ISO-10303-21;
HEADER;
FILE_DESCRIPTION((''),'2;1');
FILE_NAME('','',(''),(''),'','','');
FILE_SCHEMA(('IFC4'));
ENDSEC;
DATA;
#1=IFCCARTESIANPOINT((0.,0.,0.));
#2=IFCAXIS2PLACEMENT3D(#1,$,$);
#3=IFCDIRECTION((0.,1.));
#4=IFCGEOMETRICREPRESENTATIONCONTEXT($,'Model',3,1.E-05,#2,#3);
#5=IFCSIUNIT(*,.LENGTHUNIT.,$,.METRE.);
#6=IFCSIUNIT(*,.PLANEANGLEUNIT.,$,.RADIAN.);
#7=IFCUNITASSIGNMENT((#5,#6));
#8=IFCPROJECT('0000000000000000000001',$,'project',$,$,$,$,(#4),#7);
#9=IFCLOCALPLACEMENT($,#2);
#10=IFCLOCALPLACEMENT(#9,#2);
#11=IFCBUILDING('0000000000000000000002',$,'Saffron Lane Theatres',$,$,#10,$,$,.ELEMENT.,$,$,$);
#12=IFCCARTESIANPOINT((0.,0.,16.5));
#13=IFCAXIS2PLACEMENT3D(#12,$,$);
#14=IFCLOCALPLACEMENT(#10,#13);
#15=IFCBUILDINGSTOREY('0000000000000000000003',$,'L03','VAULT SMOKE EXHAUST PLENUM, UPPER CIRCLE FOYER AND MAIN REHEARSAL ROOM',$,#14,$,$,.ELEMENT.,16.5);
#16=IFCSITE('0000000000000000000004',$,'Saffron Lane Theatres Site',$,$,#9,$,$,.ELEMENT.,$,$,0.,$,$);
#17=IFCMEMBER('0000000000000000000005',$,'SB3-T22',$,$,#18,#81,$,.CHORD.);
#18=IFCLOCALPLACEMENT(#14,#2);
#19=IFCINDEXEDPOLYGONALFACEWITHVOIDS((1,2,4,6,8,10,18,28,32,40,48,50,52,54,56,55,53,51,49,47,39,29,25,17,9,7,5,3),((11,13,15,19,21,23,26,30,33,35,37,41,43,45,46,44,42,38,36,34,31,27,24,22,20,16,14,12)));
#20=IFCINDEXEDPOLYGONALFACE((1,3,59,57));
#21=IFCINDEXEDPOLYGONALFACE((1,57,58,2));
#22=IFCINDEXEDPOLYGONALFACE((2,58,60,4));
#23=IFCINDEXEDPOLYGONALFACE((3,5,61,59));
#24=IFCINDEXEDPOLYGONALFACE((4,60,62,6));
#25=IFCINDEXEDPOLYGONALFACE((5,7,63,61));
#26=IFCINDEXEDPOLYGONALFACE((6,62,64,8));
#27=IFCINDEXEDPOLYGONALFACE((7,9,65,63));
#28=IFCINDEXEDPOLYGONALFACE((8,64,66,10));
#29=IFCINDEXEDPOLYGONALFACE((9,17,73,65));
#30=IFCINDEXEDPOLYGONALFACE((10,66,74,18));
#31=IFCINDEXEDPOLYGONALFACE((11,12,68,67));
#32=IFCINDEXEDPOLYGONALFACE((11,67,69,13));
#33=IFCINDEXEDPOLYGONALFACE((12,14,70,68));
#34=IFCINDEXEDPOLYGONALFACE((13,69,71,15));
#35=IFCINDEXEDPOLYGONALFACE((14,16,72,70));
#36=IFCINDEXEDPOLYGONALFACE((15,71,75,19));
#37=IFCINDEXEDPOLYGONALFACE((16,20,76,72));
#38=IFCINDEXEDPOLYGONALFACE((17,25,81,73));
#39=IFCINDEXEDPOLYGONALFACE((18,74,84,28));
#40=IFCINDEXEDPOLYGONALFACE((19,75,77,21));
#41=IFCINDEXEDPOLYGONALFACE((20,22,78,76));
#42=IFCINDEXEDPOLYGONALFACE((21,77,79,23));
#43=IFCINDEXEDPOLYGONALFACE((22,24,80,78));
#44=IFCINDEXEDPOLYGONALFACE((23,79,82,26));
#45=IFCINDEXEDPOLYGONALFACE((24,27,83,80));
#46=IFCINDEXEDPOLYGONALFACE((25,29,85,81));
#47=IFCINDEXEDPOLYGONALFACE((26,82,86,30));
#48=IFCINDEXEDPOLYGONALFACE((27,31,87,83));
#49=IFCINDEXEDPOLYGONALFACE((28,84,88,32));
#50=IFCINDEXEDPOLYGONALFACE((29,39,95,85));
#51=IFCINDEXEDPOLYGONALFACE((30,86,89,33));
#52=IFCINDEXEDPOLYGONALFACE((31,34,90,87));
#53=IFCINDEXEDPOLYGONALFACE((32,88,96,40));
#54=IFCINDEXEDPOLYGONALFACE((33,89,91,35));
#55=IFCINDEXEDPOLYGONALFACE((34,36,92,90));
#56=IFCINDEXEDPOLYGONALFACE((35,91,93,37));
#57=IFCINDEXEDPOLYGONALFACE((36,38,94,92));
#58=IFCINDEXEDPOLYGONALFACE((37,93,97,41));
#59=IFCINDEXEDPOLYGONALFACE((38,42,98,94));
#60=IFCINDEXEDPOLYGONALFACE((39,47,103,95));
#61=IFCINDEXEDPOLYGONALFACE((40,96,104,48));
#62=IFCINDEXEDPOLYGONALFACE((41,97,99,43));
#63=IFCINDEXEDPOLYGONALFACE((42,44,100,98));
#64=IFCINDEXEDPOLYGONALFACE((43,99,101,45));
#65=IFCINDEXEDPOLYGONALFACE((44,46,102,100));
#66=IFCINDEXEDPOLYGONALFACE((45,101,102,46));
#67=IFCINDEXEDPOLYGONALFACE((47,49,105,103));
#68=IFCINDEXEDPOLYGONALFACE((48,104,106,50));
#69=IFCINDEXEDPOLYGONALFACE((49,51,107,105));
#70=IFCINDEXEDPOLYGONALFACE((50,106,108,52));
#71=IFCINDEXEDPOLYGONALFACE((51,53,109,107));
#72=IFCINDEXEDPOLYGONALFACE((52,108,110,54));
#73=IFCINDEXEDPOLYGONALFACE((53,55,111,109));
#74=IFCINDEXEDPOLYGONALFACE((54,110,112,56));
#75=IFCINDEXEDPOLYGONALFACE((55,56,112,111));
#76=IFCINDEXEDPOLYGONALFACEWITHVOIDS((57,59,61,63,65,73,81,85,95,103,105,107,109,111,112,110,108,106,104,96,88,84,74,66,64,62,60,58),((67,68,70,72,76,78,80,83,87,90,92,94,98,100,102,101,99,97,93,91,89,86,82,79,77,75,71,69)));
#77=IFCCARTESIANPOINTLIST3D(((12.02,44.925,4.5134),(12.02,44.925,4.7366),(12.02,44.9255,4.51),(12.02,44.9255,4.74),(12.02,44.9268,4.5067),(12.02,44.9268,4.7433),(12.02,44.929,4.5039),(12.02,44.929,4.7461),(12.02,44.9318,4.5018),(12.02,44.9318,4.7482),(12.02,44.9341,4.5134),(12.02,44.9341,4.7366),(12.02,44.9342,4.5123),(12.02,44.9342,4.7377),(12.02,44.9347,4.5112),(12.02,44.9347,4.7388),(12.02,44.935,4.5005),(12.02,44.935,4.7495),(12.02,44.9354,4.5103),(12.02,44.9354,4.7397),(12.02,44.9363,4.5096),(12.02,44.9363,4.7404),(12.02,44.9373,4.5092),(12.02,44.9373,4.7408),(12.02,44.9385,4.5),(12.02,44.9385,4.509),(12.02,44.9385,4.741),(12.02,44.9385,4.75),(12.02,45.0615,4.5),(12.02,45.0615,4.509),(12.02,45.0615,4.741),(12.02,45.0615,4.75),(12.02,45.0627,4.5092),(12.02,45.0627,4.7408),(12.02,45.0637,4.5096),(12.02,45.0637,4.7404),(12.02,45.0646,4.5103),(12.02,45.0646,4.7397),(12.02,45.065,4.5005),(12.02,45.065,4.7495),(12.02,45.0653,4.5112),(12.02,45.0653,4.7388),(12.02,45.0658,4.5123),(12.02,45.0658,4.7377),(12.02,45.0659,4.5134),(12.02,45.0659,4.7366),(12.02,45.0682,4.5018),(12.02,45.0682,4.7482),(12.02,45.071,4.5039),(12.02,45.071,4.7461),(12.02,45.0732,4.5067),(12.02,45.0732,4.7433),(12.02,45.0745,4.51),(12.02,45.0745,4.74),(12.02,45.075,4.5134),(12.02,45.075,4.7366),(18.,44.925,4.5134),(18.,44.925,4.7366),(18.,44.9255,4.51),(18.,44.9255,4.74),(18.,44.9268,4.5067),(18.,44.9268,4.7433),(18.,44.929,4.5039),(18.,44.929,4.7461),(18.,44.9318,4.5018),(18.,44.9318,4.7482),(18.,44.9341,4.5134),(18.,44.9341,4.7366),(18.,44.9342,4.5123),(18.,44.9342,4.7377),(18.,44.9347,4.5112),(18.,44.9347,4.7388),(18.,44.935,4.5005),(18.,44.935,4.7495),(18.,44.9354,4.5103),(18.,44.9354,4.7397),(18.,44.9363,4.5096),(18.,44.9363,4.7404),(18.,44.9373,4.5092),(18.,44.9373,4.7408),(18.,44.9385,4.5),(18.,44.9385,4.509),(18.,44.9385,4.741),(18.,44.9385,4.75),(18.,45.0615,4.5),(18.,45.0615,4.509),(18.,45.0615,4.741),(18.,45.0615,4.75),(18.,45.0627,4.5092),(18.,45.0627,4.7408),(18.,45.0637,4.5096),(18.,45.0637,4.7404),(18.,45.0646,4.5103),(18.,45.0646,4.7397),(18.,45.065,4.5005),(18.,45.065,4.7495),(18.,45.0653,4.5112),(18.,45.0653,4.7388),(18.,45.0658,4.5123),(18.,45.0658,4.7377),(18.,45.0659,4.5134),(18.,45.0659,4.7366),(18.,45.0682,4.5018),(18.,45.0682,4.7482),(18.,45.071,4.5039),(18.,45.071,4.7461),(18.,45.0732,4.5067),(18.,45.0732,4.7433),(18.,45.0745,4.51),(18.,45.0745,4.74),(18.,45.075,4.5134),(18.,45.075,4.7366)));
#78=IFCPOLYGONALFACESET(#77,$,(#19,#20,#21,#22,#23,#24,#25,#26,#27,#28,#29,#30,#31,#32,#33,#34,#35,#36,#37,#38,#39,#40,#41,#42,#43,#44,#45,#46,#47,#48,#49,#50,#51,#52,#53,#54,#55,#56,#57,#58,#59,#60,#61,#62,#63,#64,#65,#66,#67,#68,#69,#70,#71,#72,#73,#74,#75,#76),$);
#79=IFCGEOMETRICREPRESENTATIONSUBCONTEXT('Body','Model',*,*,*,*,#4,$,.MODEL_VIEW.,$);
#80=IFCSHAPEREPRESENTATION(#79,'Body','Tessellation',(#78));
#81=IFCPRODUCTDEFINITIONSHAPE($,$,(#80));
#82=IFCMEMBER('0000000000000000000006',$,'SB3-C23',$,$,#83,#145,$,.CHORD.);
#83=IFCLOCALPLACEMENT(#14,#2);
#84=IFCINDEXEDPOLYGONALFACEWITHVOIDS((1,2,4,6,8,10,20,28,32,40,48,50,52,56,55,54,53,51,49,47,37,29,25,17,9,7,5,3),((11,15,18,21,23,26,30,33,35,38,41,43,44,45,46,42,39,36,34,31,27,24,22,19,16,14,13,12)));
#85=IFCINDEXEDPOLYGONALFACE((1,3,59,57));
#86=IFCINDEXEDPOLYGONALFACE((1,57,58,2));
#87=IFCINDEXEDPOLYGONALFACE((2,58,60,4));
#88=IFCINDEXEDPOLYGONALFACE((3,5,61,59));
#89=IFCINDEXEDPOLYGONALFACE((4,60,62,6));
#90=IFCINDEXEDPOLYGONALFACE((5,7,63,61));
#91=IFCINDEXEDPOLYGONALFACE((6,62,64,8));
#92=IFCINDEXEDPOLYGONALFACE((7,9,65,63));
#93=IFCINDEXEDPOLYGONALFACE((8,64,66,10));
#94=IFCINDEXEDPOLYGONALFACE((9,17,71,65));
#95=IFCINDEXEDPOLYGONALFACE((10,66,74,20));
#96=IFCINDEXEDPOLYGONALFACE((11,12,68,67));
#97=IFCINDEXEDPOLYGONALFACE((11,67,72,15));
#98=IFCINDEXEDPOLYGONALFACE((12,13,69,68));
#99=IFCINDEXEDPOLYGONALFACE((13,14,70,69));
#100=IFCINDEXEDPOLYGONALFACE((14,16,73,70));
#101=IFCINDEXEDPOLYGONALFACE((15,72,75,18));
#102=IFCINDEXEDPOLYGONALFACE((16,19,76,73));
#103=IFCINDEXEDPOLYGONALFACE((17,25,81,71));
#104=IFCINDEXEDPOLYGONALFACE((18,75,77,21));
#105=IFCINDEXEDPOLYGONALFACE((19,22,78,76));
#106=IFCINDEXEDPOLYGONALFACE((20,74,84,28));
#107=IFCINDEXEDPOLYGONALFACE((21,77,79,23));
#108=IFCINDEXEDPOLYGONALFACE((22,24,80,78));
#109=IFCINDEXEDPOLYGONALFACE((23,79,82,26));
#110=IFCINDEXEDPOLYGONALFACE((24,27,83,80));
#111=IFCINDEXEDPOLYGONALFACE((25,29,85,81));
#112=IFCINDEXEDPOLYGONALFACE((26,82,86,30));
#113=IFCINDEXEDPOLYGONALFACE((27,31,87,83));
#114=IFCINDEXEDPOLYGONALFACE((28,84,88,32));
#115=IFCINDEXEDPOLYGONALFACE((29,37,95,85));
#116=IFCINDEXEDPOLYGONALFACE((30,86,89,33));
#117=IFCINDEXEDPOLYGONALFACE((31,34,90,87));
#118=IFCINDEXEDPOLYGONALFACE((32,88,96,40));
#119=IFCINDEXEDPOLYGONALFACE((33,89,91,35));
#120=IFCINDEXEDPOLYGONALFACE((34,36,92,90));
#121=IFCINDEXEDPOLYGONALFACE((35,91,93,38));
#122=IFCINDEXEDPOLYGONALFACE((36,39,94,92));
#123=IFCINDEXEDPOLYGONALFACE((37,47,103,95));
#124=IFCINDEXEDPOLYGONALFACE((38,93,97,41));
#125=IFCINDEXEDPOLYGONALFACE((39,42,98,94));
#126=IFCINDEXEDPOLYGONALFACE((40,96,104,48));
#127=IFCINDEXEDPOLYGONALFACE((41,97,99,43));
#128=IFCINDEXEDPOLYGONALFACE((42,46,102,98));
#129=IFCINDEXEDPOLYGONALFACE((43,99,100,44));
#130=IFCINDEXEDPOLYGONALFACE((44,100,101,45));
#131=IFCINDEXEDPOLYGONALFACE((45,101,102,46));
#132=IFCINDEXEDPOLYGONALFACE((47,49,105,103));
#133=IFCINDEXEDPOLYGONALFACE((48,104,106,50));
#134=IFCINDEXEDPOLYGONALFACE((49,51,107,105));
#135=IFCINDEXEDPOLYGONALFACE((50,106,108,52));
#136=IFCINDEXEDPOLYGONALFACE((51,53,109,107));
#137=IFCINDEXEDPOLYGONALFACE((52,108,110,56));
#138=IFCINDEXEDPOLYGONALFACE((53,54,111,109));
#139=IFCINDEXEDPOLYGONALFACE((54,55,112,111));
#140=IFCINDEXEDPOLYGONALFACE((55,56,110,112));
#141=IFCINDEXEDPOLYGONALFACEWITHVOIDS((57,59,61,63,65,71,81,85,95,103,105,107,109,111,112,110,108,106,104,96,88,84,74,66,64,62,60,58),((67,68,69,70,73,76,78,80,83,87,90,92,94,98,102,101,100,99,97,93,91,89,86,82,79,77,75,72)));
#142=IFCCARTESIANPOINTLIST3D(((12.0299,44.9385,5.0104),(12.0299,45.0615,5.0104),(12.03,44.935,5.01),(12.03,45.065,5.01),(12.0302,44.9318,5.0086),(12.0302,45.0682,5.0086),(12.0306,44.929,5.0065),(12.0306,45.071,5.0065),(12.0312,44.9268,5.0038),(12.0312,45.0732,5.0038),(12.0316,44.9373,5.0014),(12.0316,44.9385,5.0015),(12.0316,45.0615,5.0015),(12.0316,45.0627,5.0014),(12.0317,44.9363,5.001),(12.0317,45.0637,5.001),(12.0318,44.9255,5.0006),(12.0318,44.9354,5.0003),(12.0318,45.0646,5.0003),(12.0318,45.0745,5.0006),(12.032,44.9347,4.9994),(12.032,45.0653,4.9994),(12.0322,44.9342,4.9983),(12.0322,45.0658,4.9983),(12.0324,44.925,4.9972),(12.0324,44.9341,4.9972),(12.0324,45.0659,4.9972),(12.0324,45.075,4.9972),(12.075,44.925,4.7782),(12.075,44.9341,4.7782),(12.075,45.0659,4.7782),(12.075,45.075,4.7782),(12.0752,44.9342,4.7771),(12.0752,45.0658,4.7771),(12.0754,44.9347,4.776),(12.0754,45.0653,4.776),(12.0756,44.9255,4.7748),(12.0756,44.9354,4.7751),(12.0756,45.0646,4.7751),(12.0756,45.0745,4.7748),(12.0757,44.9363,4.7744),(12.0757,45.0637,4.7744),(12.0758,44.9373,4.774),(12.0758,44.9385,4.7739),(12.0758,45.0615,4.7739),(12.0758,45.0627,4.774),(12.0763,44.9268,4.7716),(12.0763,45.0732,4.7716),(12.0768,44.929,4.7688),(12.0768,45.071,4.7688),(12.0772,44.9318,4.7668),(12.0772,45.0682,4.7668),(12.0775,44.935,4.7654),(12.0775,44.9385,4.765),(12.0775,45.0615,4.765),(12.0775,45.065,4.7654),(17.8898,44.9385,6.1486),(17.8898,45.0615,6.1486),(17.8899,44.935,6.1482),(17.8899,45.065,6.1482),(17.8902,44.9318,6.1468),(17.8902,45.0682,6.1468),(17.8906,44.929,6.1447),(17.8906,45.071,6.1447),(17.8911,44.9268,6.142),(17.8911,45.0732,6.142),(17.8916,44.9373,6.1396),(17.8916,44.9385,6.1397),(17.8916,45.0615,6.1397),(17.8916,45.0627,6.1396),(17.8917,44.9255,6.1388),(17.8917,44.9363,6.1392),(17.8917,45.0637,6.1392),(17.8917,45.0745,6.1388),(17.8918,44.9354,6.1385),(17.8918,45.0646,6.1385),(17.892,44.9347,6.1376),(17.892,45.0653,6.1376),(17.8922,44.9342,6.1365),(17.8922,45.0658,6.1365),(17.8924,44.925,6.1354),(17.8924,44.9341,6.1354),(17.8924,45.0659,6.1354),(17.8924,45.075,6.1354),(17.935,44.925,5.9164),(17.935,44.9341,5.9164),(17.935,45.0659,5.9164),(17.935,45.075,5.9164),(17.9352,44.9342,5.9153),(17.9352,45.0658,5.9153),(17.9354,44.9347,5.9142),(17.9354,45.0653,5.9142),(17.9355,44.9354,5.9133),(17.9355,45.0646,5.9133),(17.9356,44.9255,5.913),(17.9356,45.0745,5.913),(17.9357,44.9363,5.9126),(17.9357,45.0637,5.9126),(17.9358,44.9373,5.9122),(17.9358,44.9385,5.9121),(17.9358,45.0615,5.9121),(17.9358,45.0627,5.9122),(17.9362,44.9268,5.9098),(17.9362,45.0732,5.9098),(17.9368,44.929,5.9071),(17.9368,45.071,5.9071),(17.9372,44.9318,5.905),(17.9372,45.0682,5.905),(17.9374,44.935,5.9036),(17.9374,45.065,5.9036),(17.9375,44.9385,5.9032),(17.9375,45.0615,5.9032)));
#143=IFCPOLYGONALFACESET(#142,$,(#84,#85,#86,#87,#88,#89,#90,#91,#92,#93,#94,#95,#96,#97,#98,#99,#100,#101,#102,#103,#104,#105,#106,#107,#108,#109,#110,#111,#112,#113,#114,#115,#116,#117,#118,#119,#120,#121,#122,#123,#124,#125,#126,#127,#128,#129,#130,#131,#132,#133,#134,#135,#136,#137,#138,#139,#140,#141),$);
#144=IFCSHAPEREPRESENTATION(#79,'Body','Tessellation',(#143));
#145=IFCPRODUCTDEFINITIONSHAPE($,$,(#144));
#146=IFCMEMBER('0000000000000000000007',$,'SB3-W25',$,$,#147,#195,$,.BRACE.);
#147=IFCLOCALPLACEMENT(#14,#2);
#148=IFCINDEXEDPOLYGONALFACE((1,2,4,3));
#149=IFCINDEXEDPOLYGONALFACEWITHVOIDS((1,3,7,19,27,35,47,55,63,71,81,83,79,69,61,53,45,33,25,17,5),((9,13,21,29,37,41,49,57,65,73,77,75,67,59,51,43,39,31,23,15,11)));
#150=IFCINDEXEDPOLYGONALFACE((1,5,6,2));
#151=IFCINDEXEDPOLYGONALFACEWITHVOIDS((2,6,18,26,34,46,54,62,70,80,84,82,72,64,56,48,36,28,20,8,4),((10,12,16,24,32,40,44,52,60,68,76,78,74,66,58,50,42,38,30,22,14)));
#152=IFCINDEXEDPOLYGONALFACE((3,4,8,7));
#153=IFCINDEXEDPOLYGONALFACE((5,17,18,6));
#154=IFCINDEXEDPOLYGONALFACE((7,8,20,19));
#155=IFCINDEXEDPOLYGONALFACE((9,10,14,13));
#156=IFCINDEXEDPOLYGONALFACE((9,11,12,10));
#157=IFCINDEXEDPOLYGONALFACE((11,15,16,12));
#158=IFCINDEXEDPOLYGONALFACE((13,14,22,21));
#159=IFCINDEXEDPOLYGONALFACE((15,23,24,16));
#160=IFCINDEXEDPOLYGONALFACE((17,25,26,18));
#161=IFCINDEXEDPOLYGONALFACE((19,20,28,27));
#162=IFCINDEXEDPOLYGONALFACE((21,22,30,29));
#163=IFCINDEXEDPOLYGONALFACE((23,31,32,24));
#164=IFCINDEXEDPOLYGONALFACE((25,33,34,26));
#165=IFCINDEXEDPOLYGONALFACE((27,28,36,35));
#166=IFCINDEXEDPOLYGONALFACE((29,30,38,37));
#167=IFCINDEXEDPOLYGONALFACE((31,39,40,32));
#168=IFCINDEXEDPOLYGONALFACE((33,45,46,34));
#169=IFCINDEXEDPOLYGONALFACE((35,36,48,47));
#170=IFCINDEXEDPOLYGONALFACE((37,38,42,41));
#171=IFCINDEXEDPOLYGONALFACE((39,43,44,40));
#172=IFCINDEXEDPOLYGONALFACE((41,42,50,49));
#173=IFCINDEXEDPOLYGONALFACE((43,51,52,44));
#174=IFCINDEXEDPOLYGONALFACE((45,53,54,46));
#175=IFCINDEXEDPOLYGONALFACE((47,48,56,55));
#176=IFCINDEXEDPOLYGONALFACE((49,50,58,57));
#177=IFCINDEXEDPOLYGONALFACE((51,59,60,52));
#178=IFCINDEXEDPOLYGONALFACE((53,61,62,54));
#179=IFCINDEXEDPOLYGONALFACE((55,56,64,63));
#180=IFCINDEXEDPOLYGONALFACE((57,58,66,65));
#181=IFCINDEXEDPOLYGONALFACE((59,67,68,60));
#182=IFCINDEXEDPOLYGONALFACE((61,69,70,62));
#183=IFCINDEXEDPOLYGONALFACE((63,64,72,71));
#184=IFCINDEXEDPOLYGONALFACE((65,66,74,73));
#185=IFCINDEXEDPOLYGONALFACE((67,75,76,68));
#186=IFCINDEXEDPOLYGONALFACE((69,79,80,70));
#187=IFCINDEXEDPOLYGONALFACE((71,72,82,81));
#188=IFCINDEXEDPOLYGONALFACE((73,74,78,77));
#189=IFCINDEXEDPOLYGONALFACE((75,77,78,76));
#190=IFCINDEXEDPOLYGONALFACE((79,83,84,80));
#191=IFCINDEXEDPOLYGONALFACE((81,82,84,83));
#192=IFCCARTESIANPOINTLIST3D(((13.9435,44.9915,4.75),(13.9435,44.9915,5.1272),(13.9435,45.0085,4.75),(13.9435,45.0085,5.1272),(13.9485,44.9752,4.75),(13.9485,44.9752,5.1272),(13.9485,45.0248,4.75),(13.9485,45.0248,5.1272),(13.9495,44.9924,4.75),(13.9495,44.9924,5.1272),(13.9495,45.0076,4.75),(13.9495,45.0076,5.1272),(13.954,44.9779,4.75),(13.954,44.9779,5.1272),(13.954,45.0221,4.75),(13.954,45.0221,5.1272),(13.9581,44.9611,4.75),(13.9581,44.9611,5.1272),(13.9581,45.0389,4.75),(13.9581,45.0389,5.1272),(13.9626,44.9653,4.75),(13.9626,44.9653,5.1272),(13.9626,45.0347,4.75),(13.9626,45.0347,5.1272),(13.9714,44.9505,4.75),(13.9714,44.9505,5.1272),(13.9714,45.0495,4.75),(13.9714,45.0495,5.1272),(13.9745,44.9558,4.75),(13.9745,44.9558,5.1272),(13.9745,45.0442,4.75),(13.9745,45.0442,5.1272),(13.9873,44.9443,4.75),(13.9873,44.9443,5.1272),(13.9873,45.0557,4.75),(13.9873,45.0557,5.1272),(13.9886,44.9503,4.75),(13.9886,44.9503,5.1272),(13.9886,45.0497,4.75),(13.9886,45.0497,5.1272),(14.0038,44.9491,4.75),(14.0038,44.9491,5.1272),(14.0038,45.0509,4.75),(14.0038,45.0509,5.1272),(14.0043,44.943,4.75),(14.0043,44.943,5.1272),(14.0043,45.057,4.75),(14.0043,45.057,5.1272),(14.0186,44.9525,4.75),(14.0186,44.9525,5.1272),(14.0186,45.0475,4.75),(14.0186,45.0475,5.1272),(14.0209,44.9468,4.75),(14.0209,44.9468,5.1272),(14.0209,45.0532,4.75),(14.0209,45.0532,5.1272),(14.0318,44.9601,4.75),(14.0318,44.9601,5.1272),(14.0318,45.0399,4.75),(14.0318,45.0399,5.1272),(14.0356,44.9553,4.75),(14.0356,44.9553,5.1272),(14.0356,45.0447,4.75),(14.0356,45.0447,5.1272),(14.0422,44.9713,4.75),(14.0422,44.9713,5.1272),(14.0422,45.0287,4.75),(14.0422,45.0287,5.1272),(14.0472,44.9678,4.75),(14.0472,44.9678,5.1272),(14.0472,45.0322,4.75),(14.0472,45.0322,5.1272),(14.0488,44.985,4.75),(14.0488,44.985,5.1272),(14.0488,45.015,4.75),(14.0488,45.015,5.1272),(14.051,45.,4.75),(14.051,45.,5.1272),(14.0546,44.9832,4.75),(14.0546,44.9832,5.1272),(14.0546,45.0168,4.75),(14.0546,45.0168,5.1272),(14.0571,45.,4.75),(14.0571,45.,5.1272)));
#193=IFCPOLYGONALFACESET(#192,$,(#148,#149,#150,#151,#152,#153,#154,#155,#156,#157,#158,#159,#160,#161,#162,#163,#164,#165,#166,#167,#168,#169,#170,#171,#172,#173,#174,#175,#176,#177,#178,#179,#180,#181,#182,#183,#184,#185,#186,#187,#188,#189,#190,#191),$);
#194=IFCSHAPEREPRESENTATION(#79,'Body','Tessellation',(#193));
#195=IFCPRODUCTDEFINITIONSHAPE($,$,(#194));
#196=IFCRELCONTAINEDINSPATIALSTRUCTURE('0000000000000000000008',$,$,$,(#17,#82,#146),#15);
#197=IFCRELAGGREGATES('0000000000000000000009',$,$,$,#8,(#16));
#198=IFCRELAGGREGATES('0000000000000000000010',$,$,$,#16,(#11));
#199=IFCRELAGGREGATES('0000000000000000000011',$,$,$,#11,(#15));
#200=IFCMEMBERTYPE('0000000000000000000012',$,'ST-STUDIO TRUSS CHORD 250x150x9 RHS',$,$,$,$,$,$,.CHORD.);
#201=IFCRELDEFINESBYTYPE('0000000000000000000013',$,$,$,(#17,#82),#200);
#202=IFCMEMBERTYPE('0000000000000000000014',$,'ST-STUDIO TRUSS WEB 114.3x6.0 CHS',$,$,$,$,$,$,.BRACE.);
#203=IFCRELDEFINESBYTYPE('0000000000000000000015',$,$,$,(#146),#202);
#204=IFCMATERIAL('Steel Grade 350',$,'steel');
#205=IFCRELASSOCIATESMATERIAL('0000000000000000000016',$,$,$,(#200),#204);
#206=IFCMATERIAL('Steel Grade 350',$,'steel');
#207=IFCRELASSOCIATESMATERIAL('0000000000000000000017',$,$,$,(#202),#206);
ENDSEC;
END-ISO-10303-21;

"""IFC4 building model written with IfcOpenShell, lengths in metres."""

from ifc_helpers import new_model, si_unit, direction, frame, origin, origin_2d, place, context, subcontext, project, spatial, hollow_rectangle, hollow_circle, extrude, material, material_profile, profile_set, type_object, element, save


model = new_model("IFC4")

# Units and contexts
model_context = context("Model", 3, precision=1e-05, world=origin(), true_north=direction((0.0, 1.0)))
body_context = subcontext(model_context, "Body", "Model", "MODEL_VIEW")
ifc_project = project(units=[si_unit("LENGTHUNIT", "METRE"), si_unit("PLANEANGLEUNIT", "RADIAN")], contexts=[model_context])

# Site, building, storey
site_placement = place(None, origin())
site = spatial("IfcSite", under=ifc_project, at=site_placement, Name="Saffron Lane Theatres Site", CompositionType="ELEMENT", RefElevation=0.0)
building_placement = place(site_placement, origin())
building = spatial("IfcBuilding", under=site, at=building_placement, Name="Saffron Lane Theatres", CompositionType="ELEMENT")
storey_placement = place(building_placement, frame((0.0, 0.0, 16.5)))
storey = spatial("IfcBuildingStorey", under=building, at=storey_placement, Name="L03", Description="VAULT SMOKE EXHAUST PLENUM, UPPER CIRCLE FOYER AND MAIN REHEARSAL ROOM", CompositionType="ELEMENT", Elevation=16.5)

# Members
ifc_material_1 = material(Name="Steel Grade 350", Category="steel")
ifc_material_profile_1 = material_profile(ifc_material_1, hollow_rectangle(XDim=0.1499, YDim=0.25, WallThickness=0.009, InnerFilletRadius=0.0044, OuterFilletRadius=0.0134, at=origin_2d()))
ifc_profile_set_1 = profile_set([ifc_material_profile_1], Name="Steel Grade 350")
member_type_1 = type_object("IfcMemberType", Name="ST-STUDIO TRUSS CHORD 250x150x9 RHS", PredefinedType="CHORD", material=ifc_profile_set_1)
member_1_placement = place(storey_placement, frame((12.02, 45.0, 4.625), z_axis=(1.0, 0.0, 0.0), x_axis=(0.0, 1.0, 0.0)))
element("IfcMember", 1, at=member_1_placement, inside=storey, type_object=member_type_1, Name="SB3-T22", PredefinedType="CHORD", context=body_context, shape_type="SweptSolid", body=[
    extrude(hollow_rectangle(XDim=0.1499, YDim=0.25, WallThickness=0.009, InnerFilletRadius=0.0044, OuterFilletRadius=0.0134, at=origin_2d()), origin(), (0.0, 0.0, 1.0), 5.98),
])
member_2_placement = place(storey_placement, frame((12.0537, 45.0, 4.8877), z_axis=(0.981654, 0.0, 0.19067), x_axis=(0.0, 1.0, 0.0)))
element("IfcMember", 2, at=member_2_placement, inside=storey, type_object=member_type_1, Name="SB3-C23", PredefinedType="CHORD", context=body_context, shape_type="SweptSolid", body=[
    extrude(hollow_rectangle(XDim=0.1499, YDim=0.25, WallThickness=0.009, InnerFilletRadius=0.0044, OuterFilletRadius=0.0134, at=origin_2d()), origin(), (0.0, 0.0, 1.0), 5.9695),
])
ifc_material_2 = material(Name="Steel Grade 350", Category="steel")
ifc_material_profile_2 = material_profile(ifc_material_2, hollow_circle(Radius=0.0571, WallThickness=0.0061, at=origin_2d()))
ifc_profile_set_2 = profile_set([ifc_material_profile_2], Name="Steel Grade 350")
member_type_2 = type_object("IfcMemberType", Name="ST-STUDIO TRUSS WEB 114.3x6.0 CHS", PredefinedType="BRACE", material=ifc_profile_set_2)
member_3_placement = place(storey_placement, frame((14.0, 45.0, 4.75), z_axis=(0.0, 0.0, 1.0), x_axis=(1.0, 0.0, 0.0)))
element("IfcMember", 3, at=member_3_placement, inside=storey, type_object=member_type_2, Name="SB3-W25", PredefinedType="BRACE", context=body_context, shape_type="SweptSolid", body=[
    extrude(hollow_circle(Radius=0.0571, WallThickness=0.0061, at=origin_2d()), origin(), (0.0, 0.0, 1.0), 0.3772),
])

save(model, "model.ifc")
